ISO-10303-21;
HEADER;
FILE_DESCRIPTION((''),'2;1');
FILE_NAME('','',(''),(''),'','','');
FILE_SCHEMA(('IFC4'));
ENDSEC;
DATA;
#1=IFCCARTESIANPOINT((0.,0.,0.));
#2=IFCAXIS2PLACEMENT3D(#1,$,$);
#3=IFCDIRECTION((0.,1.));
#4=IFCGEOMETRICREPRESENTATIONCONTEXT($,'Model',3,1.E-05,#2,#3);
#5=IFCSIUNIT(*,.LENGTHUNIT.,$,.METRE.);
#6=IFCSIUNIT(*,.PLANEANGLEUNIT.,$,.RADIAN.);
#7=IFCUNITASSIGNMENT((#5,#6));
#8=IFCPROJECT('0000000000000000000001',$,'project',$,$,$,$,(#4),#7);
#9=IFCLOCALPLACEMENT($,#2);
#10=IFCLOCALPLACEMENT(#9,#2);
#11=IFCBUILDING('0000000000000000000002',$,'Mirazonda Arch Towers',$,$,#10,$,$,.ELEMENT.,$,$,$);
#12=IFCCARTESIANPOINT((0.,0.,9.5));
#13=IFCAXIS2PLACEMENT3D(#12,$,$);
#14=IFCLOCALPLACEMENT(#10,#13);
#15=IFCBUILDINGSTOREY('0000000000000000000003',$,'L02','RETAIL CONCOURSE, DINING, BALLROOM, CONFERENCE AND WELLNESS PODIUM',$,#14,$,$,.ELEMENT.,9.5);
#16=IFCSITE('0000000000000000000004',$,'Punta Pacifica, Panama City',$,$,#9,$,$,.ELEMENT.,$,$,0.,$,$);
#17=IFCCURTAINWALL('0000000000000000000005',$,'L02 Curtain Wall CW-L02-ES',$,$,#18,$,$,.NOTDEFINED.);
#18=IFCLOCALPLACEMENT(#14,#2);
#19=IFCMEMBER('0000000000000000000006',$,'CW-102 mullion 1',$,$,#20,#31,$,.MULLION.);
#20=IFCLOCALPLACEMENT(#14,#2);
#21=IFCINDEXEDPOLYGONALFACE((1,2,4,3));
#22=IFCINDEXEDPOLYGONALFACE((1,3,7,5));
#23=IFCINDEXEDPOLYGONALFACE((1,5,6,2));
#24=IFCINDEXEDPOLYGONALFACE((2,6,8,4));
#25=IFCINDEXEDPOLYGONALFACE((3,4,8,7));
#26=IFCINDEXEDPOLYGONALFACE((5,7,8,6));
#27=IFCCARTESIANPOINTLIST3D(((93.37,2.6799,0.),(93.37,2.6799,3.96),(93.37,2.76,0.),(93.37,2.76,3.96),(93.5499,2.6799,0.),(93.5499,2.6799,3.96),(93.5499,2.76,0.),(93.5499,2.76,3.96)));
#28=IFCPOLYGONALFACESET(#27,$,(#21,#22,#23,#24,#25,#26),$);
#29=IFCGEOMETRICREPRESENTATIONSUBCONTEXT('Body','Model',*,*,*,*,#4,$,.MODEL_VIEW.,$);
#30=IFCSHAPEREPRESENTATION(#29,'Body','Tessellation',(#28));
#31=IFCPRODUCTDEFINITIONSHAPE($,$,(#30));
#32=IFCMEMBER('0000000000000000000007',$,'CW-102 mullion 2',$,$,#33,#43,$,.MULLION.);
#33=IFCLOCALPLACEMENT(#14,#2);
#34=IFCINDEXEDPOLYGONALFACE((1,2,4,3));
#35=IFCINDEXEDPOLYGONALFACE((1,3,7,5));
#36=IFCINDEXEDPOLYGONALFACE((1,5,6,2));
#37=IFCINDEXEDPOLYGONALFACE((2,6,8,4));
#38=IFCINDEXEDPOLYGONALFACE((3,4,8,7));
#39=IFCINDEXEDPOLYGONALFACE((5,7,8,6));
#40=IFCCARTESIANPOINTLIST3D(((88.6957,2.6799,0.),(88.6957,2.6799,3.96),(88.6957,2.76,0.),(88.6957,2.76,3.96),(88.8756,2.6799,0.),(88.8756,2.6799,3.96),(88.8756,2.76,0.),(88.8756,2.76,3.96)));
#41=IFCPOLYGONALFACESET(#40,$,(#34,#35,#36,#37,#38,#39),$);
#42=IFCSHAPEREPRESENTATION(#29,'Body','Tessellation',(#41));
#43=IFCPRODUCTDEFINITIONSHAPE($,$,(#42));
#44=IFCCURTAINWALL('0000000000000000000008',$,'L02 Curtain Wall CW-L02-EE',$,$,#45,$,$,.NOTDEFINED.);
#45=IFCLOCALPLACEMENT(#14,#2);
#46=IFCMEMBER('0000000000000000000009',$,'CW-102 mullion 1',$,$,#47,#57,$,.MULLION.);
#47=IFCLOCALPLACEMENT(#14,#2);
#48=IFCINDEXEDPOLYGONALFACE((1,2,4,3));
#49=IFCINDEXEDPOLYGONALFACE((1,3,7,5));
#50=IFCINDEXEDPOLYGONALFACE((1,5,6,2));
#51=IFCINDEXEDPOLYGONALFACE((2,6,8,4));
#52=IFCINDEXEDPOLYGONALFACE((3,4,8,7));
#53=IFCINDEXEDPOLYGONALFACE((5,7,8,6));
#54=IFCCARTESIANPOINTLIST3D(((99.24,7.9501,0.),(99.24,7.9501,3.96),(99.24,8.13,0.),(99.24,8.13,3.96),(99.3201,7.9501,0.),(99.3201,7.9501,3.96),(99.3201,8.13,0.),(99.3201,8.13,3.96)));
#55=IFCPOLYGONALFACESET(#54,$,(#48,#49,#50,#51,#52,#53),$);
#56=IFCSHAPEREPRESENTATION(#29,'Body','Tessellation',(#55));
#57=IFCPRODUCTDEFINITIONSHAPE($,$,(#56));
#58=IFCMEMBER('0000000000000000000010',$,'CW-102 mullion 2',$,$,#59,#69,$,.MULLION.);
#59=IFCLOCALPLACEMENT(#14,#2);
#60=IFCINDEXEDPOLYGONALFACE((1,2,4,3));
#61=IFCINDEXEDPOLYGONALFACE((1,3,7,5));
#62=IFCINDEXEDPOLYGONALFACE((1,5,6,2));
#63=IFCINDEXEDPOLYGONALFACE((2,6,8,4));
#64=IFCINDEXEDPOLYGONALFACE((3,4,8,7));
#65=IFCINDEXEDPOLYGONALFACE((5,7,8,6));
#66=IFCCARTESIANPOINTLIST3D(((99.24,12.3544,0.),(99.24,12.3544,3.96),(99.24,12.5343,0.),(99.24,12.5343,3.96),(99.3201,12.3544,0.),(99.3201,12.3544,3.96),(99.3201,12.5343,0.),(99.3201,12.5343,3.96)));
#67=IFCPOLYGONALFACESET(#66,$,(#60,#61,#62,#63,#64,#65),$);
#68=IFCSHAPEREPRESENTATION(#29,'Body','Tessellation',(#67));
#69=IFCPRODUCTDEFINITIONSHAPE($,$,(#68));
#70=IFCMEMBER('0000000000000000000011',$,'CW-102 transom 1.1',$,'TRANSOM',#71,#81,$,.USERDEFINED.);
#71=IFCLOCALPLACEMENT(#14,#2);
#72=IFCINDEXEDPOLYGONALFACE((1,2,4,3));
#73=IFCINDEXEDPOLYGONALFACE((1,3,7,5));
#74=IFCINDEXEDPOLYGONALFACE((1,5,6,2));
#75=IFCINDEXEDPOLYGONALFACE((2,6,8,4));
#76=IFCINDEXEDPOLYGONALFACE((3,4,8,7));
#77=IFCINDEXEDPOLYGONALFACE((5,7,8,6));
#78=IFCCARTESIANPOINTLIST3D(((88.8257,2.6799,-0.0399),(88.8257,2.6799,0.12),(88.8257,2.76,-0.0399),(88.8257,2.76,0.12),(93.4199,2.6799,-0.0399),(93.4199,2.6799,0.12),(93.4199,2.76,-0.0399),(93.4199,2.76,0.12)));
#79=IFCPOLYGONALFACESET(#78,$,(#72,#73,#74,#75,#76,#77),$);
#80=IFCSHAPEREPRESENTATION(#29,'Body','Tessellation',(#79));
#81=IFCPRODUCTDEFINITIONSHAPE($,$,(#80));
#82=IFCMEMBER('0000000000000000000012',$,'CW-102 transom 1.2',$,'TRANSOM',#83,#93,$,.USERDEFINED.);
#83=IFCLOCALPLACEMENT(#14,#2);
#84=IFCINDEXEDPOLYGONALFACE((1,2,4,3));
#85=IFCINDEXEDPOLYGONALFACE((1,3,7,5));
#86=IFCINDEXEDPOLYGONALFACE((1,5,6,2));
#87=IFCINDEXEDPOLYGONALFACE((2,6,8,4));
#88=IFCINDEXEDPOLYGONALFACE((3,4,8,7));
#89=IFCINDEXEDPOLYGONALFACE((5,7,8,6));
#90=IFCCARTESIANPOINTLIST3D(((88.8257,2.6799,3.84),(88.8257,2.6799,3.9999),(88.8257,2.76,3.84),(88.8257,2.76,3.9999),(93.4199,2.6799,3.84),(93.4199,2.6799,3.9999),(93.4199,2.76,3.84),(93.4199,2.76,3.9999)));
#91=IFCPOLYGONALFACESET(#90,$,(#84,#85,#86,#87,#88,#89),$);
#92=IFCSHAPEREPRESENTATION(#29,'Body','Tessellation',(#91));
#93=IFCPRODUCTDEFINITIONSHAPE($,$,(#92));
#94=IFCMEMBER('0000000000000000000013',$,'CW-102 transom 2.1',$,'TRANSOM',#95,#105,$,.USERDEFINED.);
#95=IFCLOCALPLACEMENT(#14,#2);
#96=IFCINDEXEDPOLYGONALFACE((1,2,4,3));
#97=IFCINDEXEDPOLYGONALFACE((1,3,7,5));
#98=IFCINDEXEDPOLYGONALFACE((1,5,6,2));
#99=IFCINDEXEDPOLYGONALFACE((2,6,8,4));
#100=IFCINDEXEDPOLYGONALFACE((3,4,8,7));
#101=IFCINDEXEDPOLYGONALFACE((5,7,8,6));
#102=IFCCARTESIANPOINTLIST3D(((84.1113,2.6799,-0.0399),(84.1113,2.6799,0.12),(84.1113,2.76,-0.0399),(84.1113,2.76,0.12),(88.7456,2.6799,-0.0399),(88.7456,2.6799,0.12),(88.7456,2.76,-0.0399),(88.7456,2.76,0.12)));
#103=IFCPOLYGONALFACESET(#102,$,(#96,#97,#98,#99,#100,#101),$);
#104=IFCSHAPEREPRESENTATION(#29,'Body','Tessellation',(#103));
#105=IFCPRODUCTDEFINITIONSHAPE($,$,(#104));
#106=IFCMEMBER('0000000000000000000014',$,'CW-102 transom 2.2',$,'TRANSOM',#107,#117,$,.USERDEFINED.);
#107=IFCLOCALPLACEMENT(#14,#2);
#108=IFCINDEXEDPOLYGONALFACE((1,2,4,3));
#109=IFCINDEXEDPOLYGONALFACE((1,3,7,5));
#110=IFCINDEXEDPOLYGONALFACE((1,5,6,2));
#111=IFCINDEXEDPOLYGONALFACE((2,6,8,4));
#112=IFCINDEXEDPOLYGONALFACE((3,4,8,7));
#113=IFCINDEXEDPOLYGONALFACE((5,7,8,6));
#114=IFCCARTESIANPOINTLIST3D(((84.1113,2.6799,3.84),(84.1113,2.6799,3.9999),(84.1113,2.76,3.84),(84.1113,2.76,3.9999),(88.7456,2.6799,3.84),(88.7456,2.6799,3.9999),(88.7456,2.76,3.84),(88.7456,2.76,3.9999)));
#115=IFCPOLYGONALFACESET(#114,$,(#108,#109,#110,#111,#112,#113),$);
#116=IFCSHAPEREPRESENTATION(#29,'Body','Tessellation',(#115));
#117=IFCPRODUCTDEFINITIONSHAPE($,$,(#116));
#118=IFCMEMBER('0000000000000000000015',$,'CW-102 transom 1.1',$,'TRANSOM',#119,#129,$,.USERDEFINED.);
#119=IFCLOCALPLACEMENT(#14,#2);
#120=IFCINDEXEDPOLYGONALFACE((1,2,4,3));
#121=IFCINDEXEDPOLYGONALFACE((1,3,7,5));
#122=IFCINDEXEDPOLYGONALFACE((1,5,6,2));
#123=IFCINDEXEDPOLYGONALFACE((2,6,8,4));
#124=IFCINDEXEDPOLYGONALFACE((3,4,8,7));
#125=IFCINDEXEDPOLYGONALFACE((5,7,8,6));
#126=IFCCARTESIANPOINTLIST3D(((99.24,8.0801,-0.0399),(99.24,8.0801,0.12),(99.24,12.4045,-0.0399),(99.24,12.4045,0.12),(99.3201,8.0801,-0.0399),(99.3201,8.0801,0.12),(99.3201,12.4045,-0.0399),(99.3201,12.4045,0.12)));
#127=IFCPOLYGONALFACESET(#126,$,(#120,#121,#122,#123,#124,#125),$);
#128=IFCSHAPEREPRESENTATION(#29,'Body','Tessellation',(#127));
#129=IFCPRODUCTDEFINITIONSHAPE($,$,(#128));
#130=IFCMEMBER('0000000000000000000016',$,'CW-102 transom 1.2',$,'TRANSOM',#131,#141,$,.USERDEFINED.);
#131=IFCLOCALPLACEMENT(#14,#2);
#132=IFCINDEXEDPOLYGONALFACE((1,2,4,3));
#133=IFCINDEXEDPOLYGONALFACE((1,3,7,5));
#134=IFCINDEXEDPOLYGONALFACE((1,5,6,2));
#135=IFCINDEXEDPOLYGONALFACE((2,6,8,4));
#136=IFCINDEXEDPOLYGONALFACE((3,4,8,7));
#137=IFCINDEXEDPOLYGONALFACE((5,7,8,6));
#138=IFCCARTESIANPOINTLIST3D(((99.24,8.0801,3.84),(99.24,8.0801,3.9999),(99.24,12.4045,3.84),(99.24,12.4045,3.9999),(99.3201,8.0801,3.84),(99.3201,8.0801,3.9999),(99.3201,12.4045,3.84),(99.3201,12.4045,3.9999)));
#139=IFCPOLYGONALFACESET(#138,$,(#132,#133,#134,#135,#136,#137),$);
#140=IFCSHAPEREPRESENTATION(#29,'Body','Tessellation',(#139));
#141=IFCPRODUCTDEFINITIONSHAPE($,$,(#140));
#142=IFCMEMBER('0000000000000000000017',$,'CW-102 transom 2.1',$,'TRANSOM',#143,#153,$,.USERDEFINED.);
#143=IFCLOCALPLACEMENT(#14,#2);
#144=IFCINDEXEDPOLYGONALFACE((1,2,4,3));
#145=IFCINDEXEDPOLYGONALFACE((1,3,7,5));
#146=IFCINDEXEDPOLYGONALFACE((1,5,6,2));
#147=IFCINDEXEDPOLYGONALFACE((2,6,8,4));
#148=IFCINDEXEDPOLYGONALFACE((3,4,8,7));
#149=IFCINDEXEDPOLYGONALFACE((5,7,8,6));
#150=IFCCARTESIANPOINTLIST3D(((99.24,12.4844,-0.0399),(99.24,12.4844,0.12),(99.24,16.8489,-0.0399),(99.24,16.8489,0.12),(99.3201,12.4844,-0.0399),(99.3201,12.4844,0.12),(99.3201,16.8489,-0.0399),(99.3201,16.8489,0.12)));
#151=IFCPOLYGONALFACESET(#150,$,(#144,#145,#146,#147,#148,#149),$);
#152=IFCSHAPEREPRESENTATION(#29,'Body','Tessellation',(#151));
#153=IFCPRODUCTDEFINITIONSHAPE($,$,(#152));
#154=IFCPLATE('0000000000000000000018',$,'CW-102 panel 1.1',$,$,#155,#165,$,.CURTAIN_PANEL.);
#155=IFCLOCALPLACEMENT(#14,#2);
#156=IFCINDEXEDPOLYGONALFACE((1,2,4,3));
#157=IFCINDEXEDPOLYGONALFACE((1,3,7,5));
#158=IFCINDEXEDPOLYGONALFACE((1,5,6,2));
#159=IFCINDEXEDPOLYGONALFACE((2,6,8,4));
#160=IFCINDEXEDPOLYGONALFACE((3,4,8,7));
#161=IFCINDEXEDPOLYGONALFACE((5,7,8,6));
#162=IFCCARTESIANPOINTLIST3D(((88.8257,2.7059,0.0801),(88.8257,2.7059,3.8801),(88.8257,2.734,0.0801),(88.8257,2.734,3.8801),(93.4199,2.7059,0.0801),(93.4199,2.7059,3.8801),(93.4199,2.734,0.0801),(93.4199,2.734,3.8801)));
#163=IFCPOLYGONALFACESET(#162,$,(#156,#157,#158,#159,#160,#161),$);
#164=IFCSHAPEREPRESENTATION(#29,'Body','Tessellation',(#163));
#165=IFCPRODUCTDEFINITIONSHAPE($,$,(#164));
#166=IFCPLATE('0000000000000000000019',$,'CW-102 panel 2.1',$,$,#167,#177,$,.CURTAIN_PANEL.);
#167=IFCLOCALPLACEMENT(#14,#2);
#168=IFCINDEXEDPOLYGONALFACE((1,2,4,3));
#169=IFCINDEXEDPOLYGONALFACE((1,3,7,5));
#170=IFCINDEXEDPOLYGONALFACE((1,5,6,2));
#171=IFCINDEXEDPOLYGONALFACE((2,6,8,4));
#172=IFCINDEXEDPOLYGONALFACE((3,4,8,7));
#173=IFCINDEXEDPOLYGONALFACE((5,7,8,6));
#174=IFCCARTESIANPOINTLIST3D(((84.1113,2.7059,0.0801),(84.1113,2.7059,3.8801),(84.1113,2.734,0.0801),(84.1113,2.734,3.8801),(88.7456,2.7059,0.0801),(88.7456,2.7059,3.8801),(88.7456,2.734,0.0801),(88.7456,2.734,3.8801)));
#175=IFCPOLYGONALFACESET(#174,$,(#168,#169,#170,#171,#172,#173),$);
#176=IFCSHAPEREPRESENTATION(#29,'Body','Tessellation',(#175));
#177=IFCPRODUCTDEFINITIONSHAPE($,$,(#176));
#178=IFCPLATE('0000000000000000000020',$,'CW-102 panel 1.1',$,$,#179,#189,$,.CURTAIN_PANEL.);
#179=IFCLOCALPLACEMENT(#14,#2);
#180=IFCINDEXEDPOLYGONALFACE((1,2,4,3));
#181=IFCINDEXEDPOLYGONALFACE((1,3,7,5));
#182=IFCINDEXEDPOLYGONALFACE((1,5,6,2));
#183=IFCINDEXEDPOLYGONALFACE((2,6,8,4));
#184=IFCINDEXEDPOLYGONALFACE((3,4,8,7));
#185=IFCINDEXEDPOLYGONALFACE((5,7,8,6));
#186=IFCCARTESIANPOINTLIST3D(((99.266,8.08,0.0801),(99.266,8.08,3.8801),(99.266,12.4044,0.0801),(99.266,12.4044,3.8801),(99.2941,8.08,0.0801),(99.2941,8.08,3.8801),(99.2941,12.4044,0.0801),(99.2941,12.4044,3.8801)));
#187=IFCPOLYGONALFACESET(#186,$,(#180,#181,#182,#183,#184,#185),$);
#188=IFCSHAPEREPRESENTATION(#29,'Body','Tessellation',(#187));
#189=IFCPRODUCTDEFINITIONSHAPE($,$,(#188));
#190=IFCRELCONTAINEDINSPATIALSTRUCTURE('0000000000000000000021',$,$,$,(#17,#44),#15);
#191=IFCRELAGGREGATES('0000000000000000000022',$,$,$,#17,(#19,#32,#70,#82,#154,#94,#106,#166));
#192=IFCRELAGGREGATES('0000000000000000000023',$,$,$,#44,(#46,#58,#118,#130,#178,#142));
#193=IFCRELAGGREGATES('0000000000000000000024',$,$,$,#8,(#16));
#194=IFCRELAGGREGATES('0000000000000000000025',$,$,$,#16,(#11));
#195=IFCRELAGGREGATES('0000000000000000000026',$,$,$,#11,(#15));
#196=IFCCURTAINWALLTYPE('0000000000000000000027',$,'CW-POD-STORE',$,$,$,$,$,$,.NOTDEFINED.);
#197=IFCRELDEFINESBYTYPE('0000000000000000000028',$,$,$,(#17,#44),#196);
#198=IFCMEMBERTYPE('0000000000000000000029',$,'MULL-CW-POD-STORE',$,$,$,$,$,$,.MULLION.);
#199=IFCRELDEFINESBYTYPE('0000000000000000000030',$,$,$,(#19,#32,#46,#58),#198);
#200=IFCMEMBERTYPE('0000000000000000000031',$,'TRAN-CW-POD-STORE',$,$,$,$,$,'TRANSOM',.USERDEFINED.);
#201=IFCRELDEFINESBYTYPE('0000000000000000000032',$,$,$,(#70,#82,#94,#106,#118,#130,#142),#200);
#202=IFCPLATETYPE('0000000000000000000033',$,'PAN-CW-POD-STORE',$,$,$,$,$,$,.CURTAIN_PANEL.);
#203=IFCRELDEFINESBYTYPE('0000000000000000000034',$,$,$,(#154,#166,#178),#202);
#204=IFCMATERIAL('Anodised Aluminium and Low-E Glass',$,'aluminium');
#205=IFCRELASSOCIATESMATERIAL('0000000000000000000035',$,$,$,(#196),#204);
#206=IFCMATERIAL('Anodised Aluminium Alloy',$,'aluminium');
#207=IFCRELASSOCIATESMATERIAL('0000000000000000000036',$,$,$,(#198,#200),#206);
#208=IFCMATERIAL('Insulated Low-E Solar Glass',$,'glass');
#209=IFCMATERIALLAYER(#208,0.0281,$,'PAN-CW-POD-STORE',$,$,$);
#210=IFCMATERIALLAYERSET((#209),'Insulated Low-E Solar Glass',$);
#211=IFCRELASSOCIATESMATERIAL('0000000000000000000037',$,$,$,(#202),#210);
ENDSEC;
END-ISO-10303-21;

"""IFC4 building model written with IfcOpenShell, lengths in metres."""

from ifc_helpers import new_model, si_unit, direction, frame, origin, origin_2d, place, context, subcontext, project, spatial, rectangle, extrude, material, layer, layer_set, material_profile, profile_set, type_object, element, aggregate, save


model = new_model("IFC4")

# Units and contexts
model_context = context("Model", 3, precision=1e-05, world=origin(), true_north=direction((0.0, 1.0)))
body_context = subcontext(model_context, "Body", "Model", "MODEL_VIEW")
ifc_project = project(units=[si_unit("LENGTHUNIT", "METRE"), si_unit("PLANEANGLEUNIT", "RADIAN")], contexts=[model_context])

# Site, building, storey
site_placement = place(None, origin())
site = spatial("IfcSite", under=ifc_project, at=site_placement, Name="Punta Pacifica, Panama City", CompositionType="ELEMENT", RefElevation=0.0)
building_placement = place(site_placement, origin())
building = spatial("IfcBuilding", under=site, at=building_placement, Name="Mirazonda Arch Towers", CompositionType="ELEMENT")
storey_placement = place(building_placement, frame((0.0, 0.0, 9.5)))
storey = spatial("IfcBuildingStorey", under=building, at=storey_placement, Name="L02", Description="RETAIL CONCOURSE, DINING, BALLROOM, CONFERENCE AND WELLNESS PODIUM", CompositionType="ELEMENT", Elevation=9.5)

# Curtain walls, members
ifc_material_1 = material(Name="Anodised Aluminium and Low-E Glass", Category="aluminium")
curtain_wall_type = type_object("IfcCurtainWallType", Name="CW-POD-STORE", PredefinedType="NOTDEFINED", material=ifc_material_1)
curtain_wall_1_placement = place(storey_placement, origin())
curtain_wall_1 = element("IfcCurtainWall", 1, at=curtain_wall_1_placement, inside=storey, type_object=curtain_wall_type, Name="L02 Curtain Wall CW-L02-ES", PredefinedType="NOTDEFINED")
ifc_material_2 = material(Name="Anodised Aluminium Alloy", Category="aluminium")
ifc_material_profile_1 = material_profile(ifc_material_2, rectangle(XDim=0.0801, YDim=0.1799, at=origin_2d()), Name="ALU-MULL-80x180")
ifc_profile_set_1 = profile_set([ifc_material_profile_1], Name="Anodised Aluminium Alloy")
member_type_1 = type_object("IfcMemberType", Name="MULL-CW-POD-STORE", PredefinedType="MULLION", material=ifc_profile_set_1)
member_1_placement = place(storey_placement, frame((93.46, 2.72, 0.0), z_axis=(0.0, 0.0, 1.0), x_axis=(0.0, -1.0, 0.0)))
member_1 = element("IfcMember", 2, at=member_1_placement, type_object=member_type_1, Name="CW-102 mullion 1", PredefinedType="MULLION", context=body_context, shape_type="SweptSolid", body=[
    extrude(rectangle(XDim=0.0801, YDim=0.1799, at=origin_2d()), origin(), (0.0, 0.0, 1.0), 3.96),
])
member_2_placement = place(storey_placement, frame((88.7856, 2.72, 0.0), z_axis=(0.0, 0.0, 1.0), x_axis=(0.0, -1.0, 0.0)))
member_2 = element("IfcMember", 3, at=member_2_placement, type_object=member_type_1, Name="CW-102 mullion 2", PredefinedType="MULLION", context=body_context, shape_type="SweptSolid", body=[
    extrude(rectangle(XDim=0.0801, YDim=0.1799, at=origin_2d()), origin(), (0.0, 0.0, 1.0), 3.96),
])
curtain_wall_2_placement = place(storey_placement, origin())
curtain_wall_2 = element("IfcCurtainWall", 4, at=curtain_wall_2_placement, inside=storey, type_object=curtain_wall_type, Name="L02 Curtain Wall CW-L02-EE", PredefinedType="NOTDEFINED")
member_3_placement = place(storey_placement, frame((99.28, 8.04, 0.0), z_axis=(0.0, 0.0, 1.0), x_axis=(-1.0, 0.0, 0.0)))
member_3 = element("IfcMember", 5, at=member_3_placement, type_object=member_type_1, Name="CW-102 mullion 1", PredefinedType="MULLION", context=body_context, shape_type="SweptSolid", body=[
    extrude(rectangle(XDim=0.0801, YDim=0.1799, at=origin_2d()), origin(), (0.0, 0.0, 1.0), 3.96),
])
member_4_placement = place(storey_placement, frame((99.28, 12.4443, 0.0), z_axis=(0.0, 0.0, 1.0), x_axis=(-1.0, 0.0, 0.0)))
member_4 = element("IfcMember", 6, at=member_4_placement, type_object=member_type_1, Name="CW-102 mullion 2", PredefinedType="MULLION", context=body_context, shape_type="SweptSolid", body=[
    extrude(rectangle(XDim=0.0801, YDim=0.1799, at=origin_2d()), origin(), (0.0, 0.0, 1.0), 3.96),
])

# Members
ifc_material_profile_2 = material_profile(ifc_material_2, rectangle(XDim=0.0801, YDim=0.1599, at=origin_2d()), Name="ALU-TRAN-80x160")
ifc_profile_set_2 = profile_set([ifc_material_profile_2], Name="Anodised Aluminium Alloy")
member_type_2 = type_object("IfcMemberType", Name="TRAN-CW-POD-STORE", ElementType="TRANSOM", PredefinedType="USERDEFINED", material=ifc_profile_set_2)
member_5_placement = place(storey_placement, frame((93.4199, 2.72, 0.04), z_axis=(-1.0, 0.0, 0.0), x_axis=(0.0, -1.0, 0.0)))
member_5 = element("IfcMember", 7, at=member_5_placement, type_object=member_type_2, Name="CW-102 transom 1.1", ObjectType="TRANSOM", PredefinedType="USERDEFINED", context=body_context, shape_type="SweptSolid", body=[
    extrude(rectangle(XDim=0.0801, YDim=0.1599, at=origin_2d()), origin(), (0.0, 0.0, 1.0), 4.5942),
])
member_6_placement = place(storey_placement, frame((93.4199, 2.72, 3.9199), z_axis=(-1.0, 0.0, 0.0), x_axis=(0.0, -1.0, 0.0)))
member_6 = element("IfcMember", 8, at=member_6_placement, type_object=member_type_2, Name="CW-102 transom 1.2", ObjectType="TRANSOM", PredefinedType="USERDEFINED", context=body_context, shape_type="SweptSolid", body=[
    extrude(rectangle(XDim=0.0801, YDim=0.1599, at=origin_2d()), origin(), (0.0, 0.0, 1.0), 4.5942),
])
member_7_placement = place(storey_placement, frame((88.7456, 2.72, 0.04), z_axis=(-1.0, 0.0, 0.0), x_axis=(0.0, -1.0, 0.0)))
member_7 = element("IfcMember", 9, at=member_7_placement, type_object=member_type_2, Name="CW-102 transom 2.1", ObjectType="TRANSOM", PredefinedType="USERDEFINED", context=body_context, shape_type="SweptSolid", body=[
    extrude(rectangle(XDim=0.0801, YDim=0.1599, at=origin_2d()), origin(), (0.0, 0.0, 1.0), 4.6343),
])
member_8_placement = place(storey_placement, frame((88.7456, 2.72, 3.9199), z_axis=(-1.0, 0.0, 0.0), x_axis=(0.0, -1.0, 0.0)))
member_8 = element("IfcMember", 10, at=member_8_placement, type_object=member_type_2, Name="CW-102 transom 2.2", ObjectType="TRANSOM", PredefinedType="USERDEFINED", context=body_context, shape_type="SweptSolid", body=[
    extrude(rectangle(XDim=0.0801, YDim=0.1599, at=origin_2d()), origin(), (0.0, 0.0, 1.0), 4.6343),
])
member_9_placement = place(storey_placement, frame((99.28, 8.0801, 0.04), z_axis=(0.0, 1.0, 0.0), x_axis=(-1.0, 0.0, 0.0)))
member_9 = element("IfcMember", 11, at=member_9_placement, type_object=member_type_2, Name="CW-102 transom 1.1", ObjectType="TRANSOM", PredefinedType="USERDEFINED", context=body_context, shape_type="SweptSolid", body=[
    extrude(rectangle(XDim=0.0801, YDim=0.1599, at=origin_2d()), origin(), (0.0, 0.0, 1.0), 4.3245),
])
member_10_placement = place(storey_placement, frame((99.28, 8.0801, 3.9199), z_axis=(0.0, 1.0, 0.0), x_axis=(-1.0, 0.0, 0.0)))
member_10 = element("IfcMember", 12, at=member_10_placement, type_object=member_type_2, Name="CW-102 transom 1.2", ObjectType="TRANSOM", PredefinedType="USERDEFINED", context=body_context, shape_type="SweptSolid", body=[
    extrude(rectangle(XDim=0.0801, YDim=0.1599, at=origin_2d()), origin(), (0.0, 0.0, 1.0), 4.3245),
])
member_11_placement = place(storey_placement, frame((99.28, 12.4844, 0.04), z_axis=(0.0, 1.0, 0.0), x_axis=(-1.0, 0.0, 0.0)))
member_11 = element("IfcMember", 13, at=member_11_placement, type_object=member_type_2, Name="CW-102 transom 2.1", ObjectType="TRANSOM", PredefinedType="USERDEFINED", context=body_context, shape_type="SweptSolid", body=[
    extrude(rectangle(XDim=0.0801, YDim=0.1599, at=origin_2d()), origin(), (0.0, 0.0, 1.0), 4.3645),
])

# Plates
ifc_material_3 = material(Name="Insulated Low-E Solar Glass", Category="glass")
ifc_layer_1 = layer(ifc_material_3, 0.0281, Name="PAN-CW-POD-STORE")
ifc_layer_set_1 = layer_set([ifc_layer_1], Name="Insulated Low-E Solar Glass")
plate_type = type_object("IfcPlateType", Name="PAN-CW-POD-STORE", PredefinedType="CURTAIN_PANEL", material=ifc_layer_set_1)
plate_1_placement = place(storey_placement, frame((91.1228, 2.72, 0.0801), z_axis=(0.0, 0.0, 1.0), x_axis=(-1.0, 0.0, 0.0)))
plate_1 = element("IfcPlate", 14, at=plate_1_placement, type_object=plate_type, Name="CW-102 panel 1.1", PredefinedType="CURTAIN_PANEL", context=body_context, shape_type="SweptSolid", body=[
    extrude(rectangle(XDim=4.5942, YDim=0.0281, at=origin_2d()), origin(), (0.0, 0.0, 1.0), 3.8),
])
plate_2_placement = place(storey_placement, frame((86.4285, 2.72, 0.0801), z_axis=(0.0, 0.0, 1.0), x_axis=(-1.0, 0.0, 0.0)))
plate_2 = element("IfcPlate", 15, at=plate_2_placement, type_object=plate_type, Name="CW-102 panel 2.1", PredefinedType="CURTAIN_PANEL", context=body_context, shape_type="SweptSolid", body=[
    extrude(rectangle(XDim=4.6343, YDim=0.0281, at=origin_2d()), origin(), (0.0, 0.0, 1.0), 3.8),
])
aggregate(curtain_wall_1, [member_1, member_2, member_5, member_6, plate_1, member_7, member_8, plate_2])
plate_3_placement = place(storey_placement, frame((99.28, 10.2422, 0.0801), z_axis=(0.0, 0.0, 1.0), x_axis=(0.0, 1.0, 0.0)))
plate_3 = element("IfcPlate", 16, at=plate_3_placement, type_object=plate_type, Name="CW-102 panel 1.1", PredefinedType="CURTAIN_PANEL", context=body_context, shape_type="SweptSolid", body=[
    extrude(rectangle(XDim=4.3245, YDim=0.0281, at=origin_2d()), origin(), (0.0, 0.0, 1.0), 3.8),
])
aggregate(curtain_wall_2, [member_3, member_4, member_9, member_10, plate_3, member_11])

save(model, "model.ifc")
